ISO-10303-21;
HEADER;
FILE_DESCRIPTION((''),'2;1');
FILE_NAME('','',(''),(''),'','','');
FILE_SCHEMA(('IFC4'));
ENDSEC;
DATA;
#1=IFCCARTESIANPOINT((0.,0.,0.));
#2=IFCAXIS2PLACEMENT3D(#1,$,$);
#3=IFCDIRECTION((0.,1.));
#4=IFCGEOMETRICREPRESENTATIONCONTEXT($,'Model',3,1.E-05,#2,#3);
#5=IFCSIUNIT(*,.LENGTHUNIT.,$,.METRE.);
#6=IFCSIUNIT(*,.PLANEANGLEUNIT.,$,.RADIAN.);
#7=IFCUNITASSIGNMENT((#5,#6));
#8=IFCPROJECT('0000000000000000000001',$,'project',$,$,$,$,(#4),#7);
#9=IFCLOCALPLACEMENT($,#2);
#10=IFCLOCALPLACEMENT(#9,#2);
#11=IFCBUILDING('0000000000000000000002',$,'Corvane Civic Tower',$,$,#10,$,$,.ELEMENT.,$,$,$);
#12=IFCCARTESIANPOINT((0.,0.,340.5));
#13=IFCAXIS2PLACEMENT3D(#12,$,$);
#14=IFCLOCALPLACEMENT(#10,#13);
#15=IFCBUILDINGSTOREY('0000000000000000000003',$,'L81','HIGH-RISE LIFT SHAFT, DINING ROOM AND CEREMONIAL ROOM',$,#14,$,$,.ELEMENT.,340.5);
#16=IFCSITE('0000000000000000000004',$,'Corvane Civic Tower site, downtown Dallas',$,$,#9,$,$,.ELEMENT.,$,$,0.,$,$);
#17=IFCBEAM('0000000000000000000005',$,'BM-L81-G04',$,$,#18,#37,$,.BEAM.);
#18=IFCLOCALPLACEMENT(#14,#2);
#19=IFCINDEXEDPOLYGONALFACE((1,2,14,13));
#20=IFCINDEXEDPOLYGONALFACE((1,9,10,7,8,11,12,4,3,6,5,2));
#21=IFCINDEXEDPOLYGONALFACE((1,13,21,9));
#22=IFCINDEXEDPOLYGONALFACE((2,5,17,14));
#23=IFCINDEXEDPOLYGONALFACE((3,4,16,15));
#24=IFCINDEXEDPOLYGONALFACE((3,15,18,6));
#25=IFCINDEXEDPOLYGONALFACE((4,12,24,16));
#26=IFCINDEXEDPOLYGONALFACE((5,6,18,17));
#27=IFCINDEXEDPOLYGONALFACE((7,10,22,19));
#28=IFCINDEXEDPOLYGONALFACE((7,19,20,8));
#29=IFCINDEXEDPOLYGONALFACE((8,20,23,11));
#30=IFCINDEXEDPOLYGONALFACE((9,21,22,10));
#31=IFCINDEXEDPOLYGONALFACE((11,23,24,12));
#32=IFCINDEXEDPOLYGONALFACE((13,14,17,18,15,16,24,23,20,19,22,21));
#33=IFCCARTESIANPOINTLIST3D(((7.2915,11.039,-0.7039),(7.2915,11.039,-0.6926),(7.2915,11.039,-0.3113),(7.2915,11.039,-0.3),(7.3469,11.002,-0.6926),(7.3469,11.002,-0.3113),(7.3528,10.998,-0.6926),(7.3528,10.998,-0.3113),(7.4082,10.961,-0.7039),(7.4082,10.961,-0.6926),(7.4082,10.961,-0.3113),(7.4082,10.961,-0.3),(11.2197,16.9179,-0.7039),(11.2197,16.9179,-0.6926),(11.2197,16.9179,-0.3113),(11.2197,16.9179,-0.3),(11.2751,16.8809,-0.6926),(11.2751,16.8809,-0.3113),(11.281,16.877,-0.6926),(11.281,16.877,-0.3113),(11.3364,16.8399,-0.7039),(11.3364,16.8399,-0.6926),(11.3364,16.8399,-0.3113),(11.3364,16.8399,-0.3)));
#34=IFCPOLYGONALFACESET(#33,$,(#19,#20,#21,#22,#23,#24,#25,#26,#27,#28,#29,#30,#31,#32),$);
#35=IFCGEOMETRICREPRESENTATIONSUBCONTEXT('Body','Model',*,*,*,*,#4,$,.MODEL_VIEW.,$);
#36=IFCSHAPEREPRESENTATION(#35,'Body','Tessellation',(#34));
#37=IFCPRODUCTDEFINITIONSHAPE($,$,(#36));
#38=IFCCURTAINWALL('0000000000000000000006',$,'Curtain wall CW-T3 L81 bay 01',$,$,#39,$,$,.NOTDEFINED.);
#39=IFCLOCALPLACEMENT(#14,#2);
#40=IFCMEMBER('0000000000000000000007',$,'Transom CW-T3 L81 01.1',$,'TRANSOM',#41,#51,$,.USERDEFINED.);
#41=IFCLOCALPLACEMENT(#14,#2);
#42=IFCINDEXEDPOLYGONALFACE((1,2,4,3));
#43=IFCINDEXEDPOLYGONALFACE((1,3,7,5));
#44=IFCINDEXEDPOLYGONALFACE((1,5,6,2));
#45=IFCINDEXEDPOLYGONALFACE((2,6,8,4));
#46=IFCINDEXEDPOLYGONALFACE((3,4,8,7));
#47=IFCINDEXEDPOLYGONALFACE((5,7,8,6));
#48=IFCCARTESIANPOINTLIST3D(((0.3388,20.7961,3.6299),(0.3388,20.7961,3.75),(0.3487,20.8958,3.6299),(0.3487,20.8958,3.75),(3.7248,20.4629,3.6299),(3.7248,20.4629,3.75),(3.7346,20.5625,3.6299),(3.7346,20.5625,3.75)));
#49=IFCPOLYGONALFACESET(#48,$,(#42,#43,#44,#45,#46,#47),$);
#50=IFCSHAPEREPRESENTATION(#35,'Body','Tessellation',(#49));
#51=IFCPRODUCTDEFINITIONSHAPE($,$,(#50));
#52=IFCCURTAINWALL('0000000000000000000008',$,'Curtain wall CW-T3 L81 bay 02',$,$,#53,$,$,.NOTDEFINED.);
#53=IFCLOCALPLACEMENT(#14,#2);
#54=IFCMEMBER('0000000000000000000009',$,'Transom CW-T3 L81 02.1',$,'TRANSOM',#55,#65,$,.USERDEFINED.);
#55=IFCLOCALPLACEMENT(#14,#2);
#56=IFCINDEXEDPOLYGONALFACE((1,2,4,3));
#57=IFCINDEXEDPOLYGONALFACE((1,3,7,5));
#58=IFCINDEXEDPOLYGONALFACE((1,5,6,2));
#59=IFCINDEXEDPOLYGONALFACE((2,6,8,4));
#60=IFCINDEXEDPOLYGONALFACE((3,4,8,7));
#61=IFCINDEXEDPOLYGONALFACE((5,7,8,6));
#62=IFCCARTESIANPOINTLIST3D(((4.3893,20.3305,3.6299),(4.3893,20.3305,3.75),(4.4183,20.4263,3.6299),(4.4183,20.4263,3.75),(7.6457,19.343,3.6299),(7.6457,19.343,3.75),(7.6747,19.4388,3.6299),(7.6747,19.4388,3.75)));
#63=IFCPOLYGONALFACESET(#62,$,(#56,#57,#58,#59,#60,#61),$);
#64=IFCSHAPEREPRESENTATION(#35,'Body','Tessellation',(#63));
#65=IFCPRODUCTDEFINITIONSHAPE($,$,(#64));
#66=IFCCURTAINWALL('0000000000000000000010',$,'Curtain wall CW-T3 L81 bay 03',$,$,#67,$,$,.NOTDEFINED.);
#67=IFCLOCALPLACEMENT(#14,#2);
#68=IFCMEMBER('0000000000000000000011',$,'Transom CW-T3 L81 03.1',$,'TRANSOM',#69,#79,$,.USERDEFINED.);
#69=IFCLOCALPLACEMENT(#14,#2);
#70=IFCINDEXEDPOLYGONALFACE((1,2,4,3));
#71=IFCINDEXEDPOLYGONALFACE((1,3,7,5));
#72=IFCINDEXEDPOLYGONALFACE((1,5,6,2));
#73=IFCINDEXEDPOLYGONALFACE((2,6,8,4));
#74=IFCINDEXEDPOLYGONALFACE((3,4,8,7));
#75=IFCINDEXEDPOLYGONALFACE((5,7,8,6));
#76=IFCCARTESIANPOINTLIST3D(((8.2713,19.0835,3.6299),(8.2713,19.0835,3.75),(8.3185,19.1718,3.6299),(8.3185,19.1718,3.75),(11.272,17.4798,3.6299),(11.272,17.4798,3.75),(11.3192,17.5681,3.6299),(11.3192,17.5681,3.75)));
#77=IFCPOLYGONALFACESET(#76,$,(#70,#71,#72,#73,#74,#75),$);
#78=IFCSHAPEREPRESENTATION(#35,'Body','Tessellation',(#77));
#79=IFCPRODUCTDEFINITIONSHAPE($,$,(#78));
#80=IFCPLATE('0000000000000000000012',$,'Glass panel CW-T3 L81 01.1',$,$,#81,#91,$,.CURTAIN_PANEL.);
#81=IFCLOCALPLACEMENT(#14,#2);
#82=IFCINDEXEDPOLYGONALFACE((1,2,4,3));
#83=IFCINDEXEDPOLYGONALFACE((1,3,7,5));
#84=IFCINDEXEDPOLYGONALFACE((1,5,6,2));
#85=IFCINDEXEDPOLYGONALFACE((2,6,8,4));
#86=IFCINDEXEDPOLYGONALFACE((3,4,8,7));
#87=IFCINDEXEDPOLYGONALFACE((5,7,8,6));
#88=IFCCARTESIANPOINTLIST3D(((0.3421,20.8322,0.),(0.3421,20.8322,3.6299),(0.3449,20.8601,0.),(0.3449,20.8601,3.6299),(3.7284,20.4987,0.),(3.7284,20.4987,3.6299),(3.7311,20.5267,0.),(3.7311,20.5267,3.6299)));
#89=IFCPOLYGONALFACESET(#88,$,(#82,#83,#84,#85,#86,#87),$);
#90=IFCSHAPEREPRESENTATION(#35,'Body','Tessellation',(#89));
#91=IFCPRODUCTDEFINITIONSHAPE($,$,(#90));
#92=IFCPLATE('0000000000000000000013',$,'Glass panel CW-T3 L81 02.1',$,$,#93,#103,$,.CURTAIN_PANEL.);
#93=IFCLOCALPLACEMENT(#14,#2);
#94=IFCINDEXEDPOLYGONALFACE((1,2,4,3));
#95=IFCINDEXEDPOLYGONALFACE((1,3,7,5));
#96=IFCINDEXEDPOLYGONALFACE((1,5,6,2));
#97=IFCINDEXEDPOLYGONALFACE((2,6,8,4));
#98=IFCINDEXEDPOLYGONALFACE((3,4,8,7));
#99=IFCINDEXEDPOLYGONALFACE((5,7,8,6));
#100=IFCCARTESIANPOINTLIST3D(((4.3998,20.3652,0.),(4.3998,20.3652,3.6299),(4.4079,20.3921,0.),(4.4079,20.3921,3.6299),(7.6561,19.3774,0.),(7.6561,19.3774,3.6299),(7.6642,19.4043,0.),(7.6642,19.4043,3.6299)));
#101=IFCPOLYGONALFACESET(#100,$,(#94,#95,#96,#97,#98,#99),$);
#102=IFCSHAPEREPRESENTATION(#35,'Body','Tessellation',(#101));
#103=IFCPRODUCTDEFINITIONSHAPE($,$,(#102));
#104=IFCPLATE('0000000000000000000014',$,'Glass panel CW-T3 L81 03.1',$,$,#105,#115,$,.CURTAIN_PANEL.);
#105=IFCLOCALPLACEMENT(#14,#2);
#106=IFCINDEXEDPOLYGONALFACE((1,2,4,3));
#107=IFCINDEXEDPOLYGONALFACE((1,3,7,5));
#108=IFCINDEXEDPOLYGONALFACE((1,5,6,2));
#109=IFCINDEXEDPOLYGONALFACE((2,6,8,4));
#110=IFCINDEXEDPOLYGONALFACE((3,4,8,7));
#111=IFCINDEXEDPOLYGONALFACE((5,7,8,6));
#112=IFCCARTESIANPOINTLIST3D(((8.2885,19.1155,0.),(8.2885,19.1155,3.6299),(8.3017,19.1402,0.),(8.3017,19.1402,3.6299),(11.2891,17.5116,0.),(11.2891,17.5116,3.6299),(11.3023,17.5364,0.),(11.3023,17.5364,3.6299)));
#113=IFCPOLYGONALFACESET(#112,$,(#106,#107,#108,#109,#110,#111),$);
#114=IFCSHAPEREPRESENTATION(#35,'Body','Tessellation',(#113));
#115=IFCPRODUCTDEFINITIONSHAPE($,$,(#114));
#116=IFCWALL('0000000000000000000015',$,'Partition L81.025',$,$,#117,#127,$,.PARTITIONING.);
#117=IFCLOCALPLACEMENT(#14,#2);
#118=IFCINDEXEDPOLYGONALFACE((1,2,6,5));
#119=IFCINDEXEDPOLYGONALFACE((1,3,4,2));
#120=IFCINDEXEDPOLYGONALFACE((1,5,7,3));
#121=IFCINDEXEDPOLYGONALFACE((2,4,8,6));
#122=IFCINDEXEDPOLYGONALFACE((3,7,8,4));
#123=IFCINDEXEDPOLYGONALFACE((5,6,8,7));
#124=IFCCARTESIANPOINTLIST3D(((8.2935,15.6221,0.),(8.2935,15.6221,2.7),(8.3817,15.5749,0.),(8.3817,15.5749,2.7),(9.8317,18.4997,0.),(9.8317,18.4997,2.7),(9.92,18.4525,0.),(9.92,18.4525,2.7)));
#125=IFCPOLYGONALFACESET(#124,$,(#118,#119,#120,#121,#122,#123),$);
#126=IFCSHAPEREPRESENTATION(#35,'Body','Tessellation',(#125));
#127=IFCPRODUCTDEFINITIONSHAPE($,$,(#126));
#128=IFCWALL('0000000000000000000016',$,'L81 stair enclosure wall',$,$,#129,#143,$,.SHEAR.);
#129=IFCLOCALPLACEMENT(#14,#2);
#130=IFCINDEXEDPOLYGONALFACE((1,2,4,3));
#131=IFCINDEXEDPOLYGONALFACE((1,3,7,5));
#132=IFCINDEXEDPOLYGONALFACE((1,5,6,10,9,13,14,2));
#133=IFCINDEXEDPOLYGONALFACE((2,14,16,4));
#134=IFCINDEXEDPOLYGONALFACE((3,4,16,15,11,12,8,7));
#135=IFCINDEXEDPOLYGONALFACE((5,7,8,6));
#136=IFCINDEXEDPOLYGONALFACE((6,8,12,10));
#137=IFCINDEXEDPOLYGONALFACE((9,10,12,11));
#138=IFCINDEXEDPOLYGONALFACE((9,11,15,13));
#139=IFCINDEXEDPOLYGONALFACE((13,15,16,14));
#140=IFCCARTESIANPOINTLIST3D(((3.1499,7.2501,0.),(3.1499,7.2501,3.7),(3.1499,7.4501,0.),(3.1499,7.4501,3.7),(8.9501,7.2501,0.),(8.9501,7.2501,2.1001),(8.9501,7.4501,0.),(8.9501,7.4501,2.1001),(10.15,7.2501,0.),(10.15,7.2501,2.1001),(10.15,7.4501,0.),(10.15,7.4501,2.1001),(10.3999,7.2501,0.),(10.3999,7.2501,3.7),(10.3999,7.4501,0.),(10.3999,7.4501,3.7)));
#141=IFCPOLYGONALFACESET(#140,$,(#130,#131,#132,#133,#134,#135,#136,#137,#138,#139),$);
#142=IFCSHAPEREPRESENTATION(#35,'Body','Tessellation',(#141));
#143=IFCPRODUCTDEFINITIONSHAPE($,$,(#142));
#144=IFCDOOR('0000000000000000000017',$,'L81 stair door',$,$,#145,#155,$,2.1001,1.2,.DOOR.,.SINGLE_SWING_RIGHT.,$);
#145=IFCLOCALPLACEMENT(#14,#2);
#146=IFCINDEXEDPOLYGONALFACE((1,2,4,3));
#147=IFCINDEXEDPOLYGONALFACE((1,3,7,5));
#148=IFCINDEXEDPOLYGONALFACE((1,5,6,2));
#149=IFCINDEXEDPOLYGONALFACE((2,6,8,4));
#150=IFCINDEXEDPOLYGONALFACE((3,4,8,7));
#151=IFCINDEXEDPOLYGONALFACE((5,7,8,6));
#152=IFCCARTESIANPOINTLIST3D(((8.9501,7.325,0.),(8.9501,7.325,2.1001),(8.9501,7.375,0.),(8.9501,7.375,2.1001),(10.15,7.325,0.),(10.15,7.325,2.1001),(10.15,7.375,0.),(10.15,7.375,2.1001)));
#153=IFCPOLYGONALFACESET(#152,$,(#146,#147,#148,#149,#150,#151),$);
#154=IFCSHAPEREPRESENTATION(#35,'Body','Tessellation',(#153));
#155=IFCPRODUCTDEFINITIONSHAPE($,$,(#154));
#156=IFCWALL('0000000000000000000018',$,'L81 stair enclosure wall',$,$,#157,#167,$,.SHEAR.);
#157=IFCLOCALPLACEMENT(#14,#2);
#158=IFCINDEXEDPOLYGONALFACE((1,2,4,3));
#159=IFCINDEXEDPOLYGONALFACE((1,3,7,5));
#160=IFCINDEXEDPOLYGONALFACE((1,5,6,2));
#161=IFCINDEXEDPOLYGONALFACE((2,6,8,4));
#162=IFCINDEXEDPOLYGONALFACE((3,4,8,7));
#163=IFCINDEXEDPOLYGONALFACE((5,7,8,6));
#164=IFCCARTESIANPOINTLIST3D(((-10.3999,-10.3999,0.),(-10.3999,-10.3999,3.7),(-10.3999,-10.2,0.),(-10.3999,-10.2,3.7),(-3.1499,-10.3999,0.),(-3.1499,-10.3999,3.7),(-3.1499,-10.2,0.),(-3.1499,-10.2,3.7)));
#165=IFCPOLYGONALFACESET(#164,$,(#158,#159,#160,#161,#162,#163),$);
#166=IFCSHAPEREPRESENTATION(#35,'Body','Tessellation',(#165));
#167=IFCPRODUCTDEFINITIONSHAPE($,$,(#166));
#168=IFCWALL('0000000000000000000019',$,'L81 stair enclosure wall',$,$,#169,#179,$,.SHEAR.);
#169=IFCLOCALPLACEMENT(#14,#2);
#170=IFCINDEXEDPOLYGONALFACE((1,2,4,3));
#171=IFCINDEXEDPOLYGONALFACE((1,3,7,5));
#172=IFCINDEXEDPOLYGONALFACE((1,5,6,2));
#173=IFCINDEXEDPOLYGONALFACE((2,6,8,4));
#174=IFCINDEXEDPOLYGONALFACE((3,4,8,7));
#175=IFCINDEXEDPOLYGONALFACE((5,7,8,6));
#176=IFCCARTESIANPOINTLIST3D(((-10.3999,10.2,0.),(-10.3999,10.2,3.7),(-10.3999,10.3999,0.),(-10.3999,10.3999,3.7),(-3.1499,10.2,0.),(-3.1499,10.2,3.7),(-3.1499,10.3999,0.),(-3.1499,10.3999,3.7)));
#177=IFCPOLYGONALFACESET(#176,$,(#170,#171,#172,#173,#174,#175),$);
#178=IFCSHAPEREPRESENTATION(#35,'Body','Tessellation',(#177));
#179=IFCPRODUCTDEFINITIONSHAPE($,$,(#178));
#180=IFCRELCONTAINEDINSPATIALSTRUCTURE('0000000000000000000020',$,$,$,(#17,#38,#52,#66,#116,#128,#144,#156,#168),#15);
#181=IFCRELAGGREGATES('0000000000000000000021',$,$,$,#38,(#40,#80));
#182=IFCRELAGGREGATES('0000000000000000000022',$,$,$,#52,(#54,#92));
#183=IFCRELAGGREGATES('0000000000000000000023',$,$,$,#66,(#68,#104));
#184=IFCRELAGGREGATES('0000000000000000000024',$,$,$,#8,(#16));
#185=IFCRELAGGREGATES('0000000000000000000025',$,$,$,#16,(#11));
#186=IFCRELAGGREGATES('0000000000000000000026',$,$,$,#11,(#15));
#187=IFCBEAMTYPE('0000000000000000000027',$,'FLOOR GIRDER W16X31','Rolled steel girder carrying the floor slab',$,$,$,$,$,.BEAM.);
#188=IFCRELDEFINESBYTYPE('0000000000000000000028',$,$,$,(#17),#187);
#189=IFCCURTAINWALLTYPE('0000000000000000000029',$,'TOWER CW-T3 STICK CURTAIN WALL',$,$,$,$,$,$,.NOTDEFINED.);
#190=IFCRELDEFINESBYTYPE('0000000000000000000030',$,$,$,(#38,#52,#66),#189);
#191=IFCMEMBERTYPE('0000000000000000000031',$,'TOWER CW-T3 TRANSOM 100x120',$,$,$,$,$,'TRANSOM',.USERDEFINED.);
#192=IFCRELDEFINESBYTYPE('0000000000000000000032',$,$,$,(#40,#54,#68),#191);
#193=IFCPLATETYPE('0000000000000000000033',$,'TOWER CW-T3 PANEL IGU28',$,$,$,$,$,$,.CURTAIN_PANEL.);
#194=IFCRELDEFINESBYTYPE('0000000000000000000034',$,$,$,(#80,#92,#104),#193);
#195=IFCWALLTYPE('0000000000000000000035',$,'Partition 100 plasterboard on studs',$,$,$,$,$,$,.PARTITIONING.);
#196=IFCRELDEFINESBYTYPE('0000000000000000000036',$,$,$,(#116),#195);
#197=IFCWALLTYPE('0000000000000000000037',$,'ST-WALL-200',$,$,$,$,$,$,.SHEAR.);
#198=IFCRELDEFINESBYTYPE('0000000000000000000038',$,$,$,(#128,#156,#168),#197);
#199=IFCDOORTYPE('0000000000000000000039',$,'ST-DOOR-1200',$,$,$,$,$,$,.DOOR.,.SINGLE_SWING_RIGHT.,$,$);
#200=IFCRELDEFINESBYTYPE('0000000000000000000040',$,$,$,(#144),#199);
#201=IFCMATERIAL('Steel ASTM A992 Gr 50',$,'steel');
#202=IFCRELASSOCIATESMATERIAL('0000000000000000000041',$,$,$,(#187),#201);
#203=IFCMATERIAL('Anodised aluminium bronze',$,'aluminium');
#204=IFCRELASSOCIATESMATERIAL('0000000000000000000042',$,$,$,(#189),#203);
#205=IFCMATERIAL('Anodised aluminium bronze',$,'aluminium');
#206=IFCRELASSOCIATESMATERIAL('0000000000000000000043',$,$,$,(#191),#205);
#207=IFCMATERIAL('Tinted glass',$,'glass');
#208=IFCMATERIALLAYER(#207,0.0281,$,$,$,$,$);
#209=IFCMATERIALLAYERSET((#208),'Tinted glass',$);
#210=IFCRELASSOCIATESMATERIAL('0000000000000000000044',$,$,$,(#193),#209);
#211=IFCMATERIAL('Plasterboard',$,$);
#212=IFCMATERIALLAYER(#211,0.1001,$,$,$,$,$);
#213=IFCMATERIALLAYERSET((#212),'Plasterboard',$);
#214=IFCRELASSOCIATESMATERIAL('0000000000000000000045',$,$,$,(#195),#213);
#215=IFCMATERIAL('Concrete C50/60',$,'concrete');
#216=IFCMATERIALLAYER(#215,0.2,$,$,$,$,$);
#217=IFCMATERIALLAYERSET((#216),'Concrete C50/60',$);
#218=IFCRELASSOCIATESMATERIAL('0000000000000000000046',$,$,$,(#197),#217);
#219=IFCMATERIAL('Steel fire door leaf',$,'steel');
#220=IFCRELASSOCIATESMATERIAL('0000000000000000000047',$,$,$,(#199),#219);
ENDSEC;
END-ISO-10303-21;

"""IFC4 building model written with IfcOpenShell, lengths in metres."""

from ifc_helpers import new_model, si_unit, direction, frame, frame_2d, origin, origin_2d, place, context, subcontext, project, spatial, polyline, rectangle, i_section, outline, extrude, material, layer, layer_set, material_profile, profile_set, type_object, element, fill, aggregate, save


model = new_model("IFC4")

# Units and contexts
model_context = context("Model", 3, precision=1e-05, world=origin(), true_north=direction((0.0, 1.0)))
body_context = subcontext(model_context, "Body", "Model", "MODEL_VIEW")
ifc_project = project(units=[si_unit("LENGTHUNIT", "METRE"), si_unit("PLANEANGLEUNIT", "RADIAN")], contexts=[model_context])

# Site, building, storey
site_placement = place(None, origin())
site = spatial("IfcSite", under=ifc_project, at=site_placement, Name="Corvane Civic Tower site, downtown Dallas", CompositionType="ELEMENT", RefElevation=0.0)
building_placement = place(site_placement, origin())
building = spatial("IfcBuilding", under=site, at=building_placement, Name="Corvane Civic Tower", CompositionType="ELEMENT")
storey_placement = place(building_placement, frame((0.0, 0.0, 340.5)))
storey = spatial("IfcBuildingStorey", under=building, at=storey_placement, Name="L81", Description="HIGH-RISE LIFT SHAFT, DINING ROOM AND CEREMONIAL ROOM", CompositionType="ELEMENT", Elevation=340.5)

# Beam
ifc_material_1 = material(Name="Steel ASTM A992 Gr 50", Category="steel")
ifc_material_profile_1 = material_profile(ifc_material_1, i_section(OverallWidth=0.1404, OverallDepth=0.4038, WebThickness=0.0071, FlangeThickness=0.0112, at=origin_2d()), Name="W16X31")
ifc_profile_set_1 = profile_set([ifc_material_profile_1], Name="Steel ASTM A992 Gr 50")
beam_type_1 = type_object("IfcBeamType", Name="FLOOR GIRDER W16X31", Description="Rolled steel girder carrying the floor slab", PredefinedType="BEAM", material=ifc_profile_set_1)
beam_1_placement = place(storey_placement, frame((7.3499, 11.0, -0.502), z_axis=(0.555576, 0.831465, 0.0), x_axis=(-0.831465, 0.555576, 0.0)))
element("IfcBeam", 1, at=beam_1_placement, inside=storey, type_object=beam_type_1, Name="BM-L81-G04", PredefinedType="BEAM", context=body_context, shape_type="SweptSolid", body=[
    extrude(i_section(OverallWidth=0.1404, OverallDepth=0.4038, WebThickness=0.0071, FlangeThickness=0.0112, at=origin_2d()), origin(), (0.0, 0.0, 1.0), 7.0706),
])

# Curtain walls, members
ifc_material_2 = material(Name="Anodised aluminium bronze", Category="aluminium")
curtain_wall_type = type_object("IfcCurtainWallType", Name="TOWER CW-T3 STICK CURTAIN WALL", PredefinedType="NOTDEFINED", material=ifc_material_2)
curtain_wall_1_placement = place(storey_placement, origin())
curtain_wall_1 = element("IfcCurtainWall", 2, at=curtain_wall_1_placement, inside=storey, type_object=curtain_wall_type, Name="Curtain wall CW-T3 L81 bay 01", PredefinedType="NOTDEFINED")
ifc_material_3 = material(Name="Anodised aluminium bronze", Category="aluminium")
ifc_material_profile_2 = material_profile(ifc_material_3, rectangle(XDim=0.1001, YDim=0.1201, at=origin_2d()), Name="TOWER CW-T3 TRANSOM 100x120")
ifc_profile_set_2 = profile_set([ifc_material_profile_2], Name="Anodised aluminium bronze")
member_type = type_object("IfcMemberType", Name="TOWER CW-T3 TRANSOM 100x120", ElementType="TRANSOM", PredefinedType="USERDEFINED", material=ifc_profile_set_2)
member_1_placement = place(storey_placement, frame((0.3438, 20.8459, 3.6899), z_axis=(0.995192, -0.097948, 0.0), x_axis=(0.097948, 0.995192, 0.0)))
member_1 = element("IfcMember", 3, at=member_1_placement, type_object=member_type, Name="Transom CW-T3 L81 01.1", ObjectType="TRANSOM", PredefinedType="USERDEFINED", context=body_context, shape_type="SweptSolid", body=[
    extrude(rectangle(XDim=0.1001, YDim=0.1201, at=origin_2d()), origin(), (0.0, 0.0, 1.0), 3.4023),
])
curtain_wall_2_placement = place(storey_placement, origin())
curtain_wall_2 = element("IfcCurtainWall", 4, at=curtain_wall_2_placement, inside=storey, type_object=curtain_wall_type, Name="Curtain wall CW-T3 L81 bay 02", PredefinedType="NOTDEFINED")
member_2_placement = place(storey_placement, frame((4.4038, 20.3784, 3.6899), z_axis=(0.956961, -0.290216, 0.0), x_axis=(0.290216, 0.956961, 0.0)))
member_2 = element("IfcMember", 5, at=member_2_placement, type_object=member_type, Name="Transom CW-T3 L81 02.1", ObjectType="TRANSOM", PredefinedType="USERDEFINED", context=body_context, shape_type="SweptSolid", body=[
    extrude(rectangle(XDim=0.1001, YDim=0.1201, at=origin_2d()), origin(), (0.0, 0.0, 1.0), 3.4028),
])
curtain_wall_3_placement = place(storey_placement, origin())
curtain_wall_3 = element("IfcCurtainWall", 6, at=curtain_wall_3_placement, inside=storey, type_object=curtain_wall_type, Name="Curtain wall CW-T3 L81 bay 03", PredefinedType="NOTDEFINED")
member_3_placement = place(storey_placement, frame((8.2949, 19.1277, 3.6899), z_axis=(0.881941, -0.471359, 0.0), x_axis=(0.471359, 0.881941, 0.0)))
member_3 = element("IfcMember", 7, at=member_3_placement, type_object=member_type, Name="Transom CW-T3 L81 03.1", ObjectType="TRANSOM", PredefinedType="USERDEFINED", context=body_context, shape_type="SweptSolid", body=[
    extrude(rectangle(XDim=0.1001, YDim=0.1201, at=origin_2d()), origin(), (0.0, 0.0, 1.0), 3.4023),
])

# Plates
ifc_material_4 = material(Name="Tinted glass", Category="glass")
ifc_layer_1 = layer(ifc_material_4, 0.0281)
ifc_layer_set_1 = layer_set([ifc_layer_1], Name="Tinted glass")
plate_type = type_object("IfcPlateType", Name="TOWER CW-T3 PANEL IGU28", PredefinedType="CURTAIN_PANEL", material=ifc_layer_set_1)
plate_1_placement = place(storey_placement, frame((2.0366, 20.6794, 0.0), z_axis=(0.0, 0.0, 1.0), x_axis=(0.995187, -0.097998, 0.0)))
plate_1 = element("IfcPlate", 8, at=plate_1_placement, type_object=plate_type, Name="Glass panel CW-T3 L81 01.1", PredefinedType="CURTAIN_PANEL", context=body_context, shape_type="SweptSolid", body=[
    extrude(rectangle(XDim=3.4026, YDim=0.0281, at=origin_2d()), origin(), (0.0, 0.0, 1.0), 3.6299),
])
aggregate(curtain_wall_1, [member_1, plate_1])
plate_2_placement = place(storey_placement, frame((6.032, 19.8848, 0.0), z_axis=(0.0, 0.0, 1.0), x_axis=(0.956939, -0.29029, 0.0)))
plate_2 = element("IfcPlate", 9, at=plate_2_placement, type_object=plate_type, Name="Glass panel CW-T3 L81 02.1", PredefinedType="CURTAIN_PANEL", context=body_context, shape_type="SweptSolid", body=[
    extrude(rectangle(XDim=3.4028, YDim=0.0281, at=origin_2d()), origin(), (0.0, 0.0, 1.0), 3.6299),
])
aggregate(curtain_wall_2, [member_2, plate_2])
plate_3_placement = place(storey_placement, frame((9.7954, 18.3259, 0.0), z_axis=(0.0, 0.0, 1.0), x_axis=(0.881928, -0.471384, 0.0)))
plate_3 = element("IfcPlate", 10, at=plate_3_placement, type_object=plate_type, Name="Glass panel CW-T3 L81 03.1", PredefinedType="CURTAIN_PANEL", context=body_context, shape_type="SweptSolid", body=[
    extrude(rectangle(XDim=3.4023, YDim=0.0281, at=origin_2d()), origin(), (0.0, 0.0, 1.0), 3.6299),
])
aggregate(curtain_wall_3, [member_3, plate_3])

# Wall
ifc_material_5 = material(Name="Plasterboard")
ifc_layer_2 = layer(ifc_material_5, 0.1001)
ifc_layer_set_2 = layer_set([ifc_layer_2], Name="Plasterboard")
wall_type_1 = type_object("IfcWallType", Name="Partition 100 plasterboard on studs", PredefinedType="PARTITIONING", material=ifc_layer_set_2)
wall_1_placement = place(storey_placement, frame((8.3376, 15.5986, 0.0), z_axis=(0.0, 0.0, 1.0), x_axis=(0.471438, 0.881899, 0.0)))
element("IfcWall", 11, at=wall_1_placement, inside=storey, type_object=wall_type_1, Name="Partition L81.025", PredefinedType="PARTITIONING", context=body_context, shape_type="SweptSolid", body=[
    extrude(rectangle(XDim=3.2629, YDim=0.1001, at=frame_2d((1.6313, 0.0))), origin(), (0.0, 0.0, 1.0), 2.7),
])

# Wall, opening, door
ifc_material_6 = material(Name="Concrete C50/60", Category="concrete")
ifc_layer_3 = layer(ifc_material_6, 0.2)
ifc_layer_set_3 = layer_set([ifc_layer_3], Name="Concrete C50/60")
wall_type_2 = type_object("IfcWallType", Name="ST-WALL-200", PredefinedType="SHEAR", material=ifc_layer_set_3)
wall_2_placement = place(storey_placement, frame((3.1499, 7.3501, 0.0), z_axis=(0.0, 0.0, 1.0), x_axis=(1.0, 0.0, 0.0)))
wall_2 = element("IfcWall", 12, at=wall_2_placement, inside=storey, type_object=wall_type_2, Name="L81 stair enclosure wall", PredefinedType="SHEAR", context=body_context, shape_type="SweptSolid", body=[
    extrude(rectangle(XDim=7.25, YDim=0.2, at=frame_2d((3.625, 0.0))), origin(), (0.0, 0.0, 1.0), 3.7),
])
opening_placement = place(wall_2_placement, frame((5.8, 0.0, 0.0)))
opening = element("IfcOpeningElement", 13, at=opening_placement, cuts=wall_2, PredefinedType="OPENING", context=body_context, shape_type="SweptSolid", body=[
    extrude(rectangle(XDim=1.2, YDim=2.1001, at=frame_2d((0.6001, 1.05))), frame((0.0, 0.1099, 0.0), z_axis=(0.0, -1.0, 0.0), x_axis=(1.0, 0.0, 0.0)), (0.0, 0.0, 1.0), 0.22),
])
ifc_material_7 = material(Name="Steel fire door leaf", Category="steel")
door_type = type_object("IfcDoorType", Name="ST-DOOR-1200", OperationType="SINGLE_SWING_RIGHT", PredefinedType="DOOR", material=ifc_material_7)
door_placement = place(opening_placement, origin())
door = element("IfcDoor", 14, at=door_placement, inside=storey, type_object=door_type, Name="L81 stair door", OperationType="SINGLE_SWING_RIGHT", OverallHeight=2.1001, OverallWidth=1.2, PredefinedType="DOOR", context=body_context, shape_type="SweptSolid", body=[
    extrude(rectangle(XDim=1.2, YDim=2.1001, at=frame_2d((0.6001, 1.05))), frame((0.0, 0.0249, 0.0), z_axis=(0.0, -1.0, 0.0), x_axis=(1.0, 0.0, 0.0)), (0.0, 0.0, 1.0), 0.05),
])
fill(opening, door)

# Walls
wall_3_placement = place(storey_placement, origin())
element("IfcWall", 15, at=wall_3_placement, inside=storey, type_object=wall_type_2, Name="L81 stair enclosure wall", PredefinedType="SHEAR", context=body_context, shape_type="SweptSolid", body=[
    extrude(outline(polyline([(-3.1499, -10.2), (-3.1499, -10.3999), (-10.3999, -10.3999), (-10.3999, -10.2), (-3.1499, -10.2)])), origin(), (0.0, 0.0, 1.0), 3.7),
])
wall_4_placement = place(storey_placement, origin())
element("IfcWall", 16, at=wall_4_placement, inside=storey, type_object=wall_type_2, Name="L81 stair enclosure wall", PredefinedType="SHEAR", context=body_context, shape_type="SweptSolid", body=[
    extrude(outline(polyline([(-3.1499, 10.2), (-10.3999, 10.2), (-10.3999, 10.3999), (-3.1499, 10.3999), (-3.1499, 10.2)])), origin(), (0.0, 0.0, 1.0), 3.7),
])

save(model, "model.ifc")
